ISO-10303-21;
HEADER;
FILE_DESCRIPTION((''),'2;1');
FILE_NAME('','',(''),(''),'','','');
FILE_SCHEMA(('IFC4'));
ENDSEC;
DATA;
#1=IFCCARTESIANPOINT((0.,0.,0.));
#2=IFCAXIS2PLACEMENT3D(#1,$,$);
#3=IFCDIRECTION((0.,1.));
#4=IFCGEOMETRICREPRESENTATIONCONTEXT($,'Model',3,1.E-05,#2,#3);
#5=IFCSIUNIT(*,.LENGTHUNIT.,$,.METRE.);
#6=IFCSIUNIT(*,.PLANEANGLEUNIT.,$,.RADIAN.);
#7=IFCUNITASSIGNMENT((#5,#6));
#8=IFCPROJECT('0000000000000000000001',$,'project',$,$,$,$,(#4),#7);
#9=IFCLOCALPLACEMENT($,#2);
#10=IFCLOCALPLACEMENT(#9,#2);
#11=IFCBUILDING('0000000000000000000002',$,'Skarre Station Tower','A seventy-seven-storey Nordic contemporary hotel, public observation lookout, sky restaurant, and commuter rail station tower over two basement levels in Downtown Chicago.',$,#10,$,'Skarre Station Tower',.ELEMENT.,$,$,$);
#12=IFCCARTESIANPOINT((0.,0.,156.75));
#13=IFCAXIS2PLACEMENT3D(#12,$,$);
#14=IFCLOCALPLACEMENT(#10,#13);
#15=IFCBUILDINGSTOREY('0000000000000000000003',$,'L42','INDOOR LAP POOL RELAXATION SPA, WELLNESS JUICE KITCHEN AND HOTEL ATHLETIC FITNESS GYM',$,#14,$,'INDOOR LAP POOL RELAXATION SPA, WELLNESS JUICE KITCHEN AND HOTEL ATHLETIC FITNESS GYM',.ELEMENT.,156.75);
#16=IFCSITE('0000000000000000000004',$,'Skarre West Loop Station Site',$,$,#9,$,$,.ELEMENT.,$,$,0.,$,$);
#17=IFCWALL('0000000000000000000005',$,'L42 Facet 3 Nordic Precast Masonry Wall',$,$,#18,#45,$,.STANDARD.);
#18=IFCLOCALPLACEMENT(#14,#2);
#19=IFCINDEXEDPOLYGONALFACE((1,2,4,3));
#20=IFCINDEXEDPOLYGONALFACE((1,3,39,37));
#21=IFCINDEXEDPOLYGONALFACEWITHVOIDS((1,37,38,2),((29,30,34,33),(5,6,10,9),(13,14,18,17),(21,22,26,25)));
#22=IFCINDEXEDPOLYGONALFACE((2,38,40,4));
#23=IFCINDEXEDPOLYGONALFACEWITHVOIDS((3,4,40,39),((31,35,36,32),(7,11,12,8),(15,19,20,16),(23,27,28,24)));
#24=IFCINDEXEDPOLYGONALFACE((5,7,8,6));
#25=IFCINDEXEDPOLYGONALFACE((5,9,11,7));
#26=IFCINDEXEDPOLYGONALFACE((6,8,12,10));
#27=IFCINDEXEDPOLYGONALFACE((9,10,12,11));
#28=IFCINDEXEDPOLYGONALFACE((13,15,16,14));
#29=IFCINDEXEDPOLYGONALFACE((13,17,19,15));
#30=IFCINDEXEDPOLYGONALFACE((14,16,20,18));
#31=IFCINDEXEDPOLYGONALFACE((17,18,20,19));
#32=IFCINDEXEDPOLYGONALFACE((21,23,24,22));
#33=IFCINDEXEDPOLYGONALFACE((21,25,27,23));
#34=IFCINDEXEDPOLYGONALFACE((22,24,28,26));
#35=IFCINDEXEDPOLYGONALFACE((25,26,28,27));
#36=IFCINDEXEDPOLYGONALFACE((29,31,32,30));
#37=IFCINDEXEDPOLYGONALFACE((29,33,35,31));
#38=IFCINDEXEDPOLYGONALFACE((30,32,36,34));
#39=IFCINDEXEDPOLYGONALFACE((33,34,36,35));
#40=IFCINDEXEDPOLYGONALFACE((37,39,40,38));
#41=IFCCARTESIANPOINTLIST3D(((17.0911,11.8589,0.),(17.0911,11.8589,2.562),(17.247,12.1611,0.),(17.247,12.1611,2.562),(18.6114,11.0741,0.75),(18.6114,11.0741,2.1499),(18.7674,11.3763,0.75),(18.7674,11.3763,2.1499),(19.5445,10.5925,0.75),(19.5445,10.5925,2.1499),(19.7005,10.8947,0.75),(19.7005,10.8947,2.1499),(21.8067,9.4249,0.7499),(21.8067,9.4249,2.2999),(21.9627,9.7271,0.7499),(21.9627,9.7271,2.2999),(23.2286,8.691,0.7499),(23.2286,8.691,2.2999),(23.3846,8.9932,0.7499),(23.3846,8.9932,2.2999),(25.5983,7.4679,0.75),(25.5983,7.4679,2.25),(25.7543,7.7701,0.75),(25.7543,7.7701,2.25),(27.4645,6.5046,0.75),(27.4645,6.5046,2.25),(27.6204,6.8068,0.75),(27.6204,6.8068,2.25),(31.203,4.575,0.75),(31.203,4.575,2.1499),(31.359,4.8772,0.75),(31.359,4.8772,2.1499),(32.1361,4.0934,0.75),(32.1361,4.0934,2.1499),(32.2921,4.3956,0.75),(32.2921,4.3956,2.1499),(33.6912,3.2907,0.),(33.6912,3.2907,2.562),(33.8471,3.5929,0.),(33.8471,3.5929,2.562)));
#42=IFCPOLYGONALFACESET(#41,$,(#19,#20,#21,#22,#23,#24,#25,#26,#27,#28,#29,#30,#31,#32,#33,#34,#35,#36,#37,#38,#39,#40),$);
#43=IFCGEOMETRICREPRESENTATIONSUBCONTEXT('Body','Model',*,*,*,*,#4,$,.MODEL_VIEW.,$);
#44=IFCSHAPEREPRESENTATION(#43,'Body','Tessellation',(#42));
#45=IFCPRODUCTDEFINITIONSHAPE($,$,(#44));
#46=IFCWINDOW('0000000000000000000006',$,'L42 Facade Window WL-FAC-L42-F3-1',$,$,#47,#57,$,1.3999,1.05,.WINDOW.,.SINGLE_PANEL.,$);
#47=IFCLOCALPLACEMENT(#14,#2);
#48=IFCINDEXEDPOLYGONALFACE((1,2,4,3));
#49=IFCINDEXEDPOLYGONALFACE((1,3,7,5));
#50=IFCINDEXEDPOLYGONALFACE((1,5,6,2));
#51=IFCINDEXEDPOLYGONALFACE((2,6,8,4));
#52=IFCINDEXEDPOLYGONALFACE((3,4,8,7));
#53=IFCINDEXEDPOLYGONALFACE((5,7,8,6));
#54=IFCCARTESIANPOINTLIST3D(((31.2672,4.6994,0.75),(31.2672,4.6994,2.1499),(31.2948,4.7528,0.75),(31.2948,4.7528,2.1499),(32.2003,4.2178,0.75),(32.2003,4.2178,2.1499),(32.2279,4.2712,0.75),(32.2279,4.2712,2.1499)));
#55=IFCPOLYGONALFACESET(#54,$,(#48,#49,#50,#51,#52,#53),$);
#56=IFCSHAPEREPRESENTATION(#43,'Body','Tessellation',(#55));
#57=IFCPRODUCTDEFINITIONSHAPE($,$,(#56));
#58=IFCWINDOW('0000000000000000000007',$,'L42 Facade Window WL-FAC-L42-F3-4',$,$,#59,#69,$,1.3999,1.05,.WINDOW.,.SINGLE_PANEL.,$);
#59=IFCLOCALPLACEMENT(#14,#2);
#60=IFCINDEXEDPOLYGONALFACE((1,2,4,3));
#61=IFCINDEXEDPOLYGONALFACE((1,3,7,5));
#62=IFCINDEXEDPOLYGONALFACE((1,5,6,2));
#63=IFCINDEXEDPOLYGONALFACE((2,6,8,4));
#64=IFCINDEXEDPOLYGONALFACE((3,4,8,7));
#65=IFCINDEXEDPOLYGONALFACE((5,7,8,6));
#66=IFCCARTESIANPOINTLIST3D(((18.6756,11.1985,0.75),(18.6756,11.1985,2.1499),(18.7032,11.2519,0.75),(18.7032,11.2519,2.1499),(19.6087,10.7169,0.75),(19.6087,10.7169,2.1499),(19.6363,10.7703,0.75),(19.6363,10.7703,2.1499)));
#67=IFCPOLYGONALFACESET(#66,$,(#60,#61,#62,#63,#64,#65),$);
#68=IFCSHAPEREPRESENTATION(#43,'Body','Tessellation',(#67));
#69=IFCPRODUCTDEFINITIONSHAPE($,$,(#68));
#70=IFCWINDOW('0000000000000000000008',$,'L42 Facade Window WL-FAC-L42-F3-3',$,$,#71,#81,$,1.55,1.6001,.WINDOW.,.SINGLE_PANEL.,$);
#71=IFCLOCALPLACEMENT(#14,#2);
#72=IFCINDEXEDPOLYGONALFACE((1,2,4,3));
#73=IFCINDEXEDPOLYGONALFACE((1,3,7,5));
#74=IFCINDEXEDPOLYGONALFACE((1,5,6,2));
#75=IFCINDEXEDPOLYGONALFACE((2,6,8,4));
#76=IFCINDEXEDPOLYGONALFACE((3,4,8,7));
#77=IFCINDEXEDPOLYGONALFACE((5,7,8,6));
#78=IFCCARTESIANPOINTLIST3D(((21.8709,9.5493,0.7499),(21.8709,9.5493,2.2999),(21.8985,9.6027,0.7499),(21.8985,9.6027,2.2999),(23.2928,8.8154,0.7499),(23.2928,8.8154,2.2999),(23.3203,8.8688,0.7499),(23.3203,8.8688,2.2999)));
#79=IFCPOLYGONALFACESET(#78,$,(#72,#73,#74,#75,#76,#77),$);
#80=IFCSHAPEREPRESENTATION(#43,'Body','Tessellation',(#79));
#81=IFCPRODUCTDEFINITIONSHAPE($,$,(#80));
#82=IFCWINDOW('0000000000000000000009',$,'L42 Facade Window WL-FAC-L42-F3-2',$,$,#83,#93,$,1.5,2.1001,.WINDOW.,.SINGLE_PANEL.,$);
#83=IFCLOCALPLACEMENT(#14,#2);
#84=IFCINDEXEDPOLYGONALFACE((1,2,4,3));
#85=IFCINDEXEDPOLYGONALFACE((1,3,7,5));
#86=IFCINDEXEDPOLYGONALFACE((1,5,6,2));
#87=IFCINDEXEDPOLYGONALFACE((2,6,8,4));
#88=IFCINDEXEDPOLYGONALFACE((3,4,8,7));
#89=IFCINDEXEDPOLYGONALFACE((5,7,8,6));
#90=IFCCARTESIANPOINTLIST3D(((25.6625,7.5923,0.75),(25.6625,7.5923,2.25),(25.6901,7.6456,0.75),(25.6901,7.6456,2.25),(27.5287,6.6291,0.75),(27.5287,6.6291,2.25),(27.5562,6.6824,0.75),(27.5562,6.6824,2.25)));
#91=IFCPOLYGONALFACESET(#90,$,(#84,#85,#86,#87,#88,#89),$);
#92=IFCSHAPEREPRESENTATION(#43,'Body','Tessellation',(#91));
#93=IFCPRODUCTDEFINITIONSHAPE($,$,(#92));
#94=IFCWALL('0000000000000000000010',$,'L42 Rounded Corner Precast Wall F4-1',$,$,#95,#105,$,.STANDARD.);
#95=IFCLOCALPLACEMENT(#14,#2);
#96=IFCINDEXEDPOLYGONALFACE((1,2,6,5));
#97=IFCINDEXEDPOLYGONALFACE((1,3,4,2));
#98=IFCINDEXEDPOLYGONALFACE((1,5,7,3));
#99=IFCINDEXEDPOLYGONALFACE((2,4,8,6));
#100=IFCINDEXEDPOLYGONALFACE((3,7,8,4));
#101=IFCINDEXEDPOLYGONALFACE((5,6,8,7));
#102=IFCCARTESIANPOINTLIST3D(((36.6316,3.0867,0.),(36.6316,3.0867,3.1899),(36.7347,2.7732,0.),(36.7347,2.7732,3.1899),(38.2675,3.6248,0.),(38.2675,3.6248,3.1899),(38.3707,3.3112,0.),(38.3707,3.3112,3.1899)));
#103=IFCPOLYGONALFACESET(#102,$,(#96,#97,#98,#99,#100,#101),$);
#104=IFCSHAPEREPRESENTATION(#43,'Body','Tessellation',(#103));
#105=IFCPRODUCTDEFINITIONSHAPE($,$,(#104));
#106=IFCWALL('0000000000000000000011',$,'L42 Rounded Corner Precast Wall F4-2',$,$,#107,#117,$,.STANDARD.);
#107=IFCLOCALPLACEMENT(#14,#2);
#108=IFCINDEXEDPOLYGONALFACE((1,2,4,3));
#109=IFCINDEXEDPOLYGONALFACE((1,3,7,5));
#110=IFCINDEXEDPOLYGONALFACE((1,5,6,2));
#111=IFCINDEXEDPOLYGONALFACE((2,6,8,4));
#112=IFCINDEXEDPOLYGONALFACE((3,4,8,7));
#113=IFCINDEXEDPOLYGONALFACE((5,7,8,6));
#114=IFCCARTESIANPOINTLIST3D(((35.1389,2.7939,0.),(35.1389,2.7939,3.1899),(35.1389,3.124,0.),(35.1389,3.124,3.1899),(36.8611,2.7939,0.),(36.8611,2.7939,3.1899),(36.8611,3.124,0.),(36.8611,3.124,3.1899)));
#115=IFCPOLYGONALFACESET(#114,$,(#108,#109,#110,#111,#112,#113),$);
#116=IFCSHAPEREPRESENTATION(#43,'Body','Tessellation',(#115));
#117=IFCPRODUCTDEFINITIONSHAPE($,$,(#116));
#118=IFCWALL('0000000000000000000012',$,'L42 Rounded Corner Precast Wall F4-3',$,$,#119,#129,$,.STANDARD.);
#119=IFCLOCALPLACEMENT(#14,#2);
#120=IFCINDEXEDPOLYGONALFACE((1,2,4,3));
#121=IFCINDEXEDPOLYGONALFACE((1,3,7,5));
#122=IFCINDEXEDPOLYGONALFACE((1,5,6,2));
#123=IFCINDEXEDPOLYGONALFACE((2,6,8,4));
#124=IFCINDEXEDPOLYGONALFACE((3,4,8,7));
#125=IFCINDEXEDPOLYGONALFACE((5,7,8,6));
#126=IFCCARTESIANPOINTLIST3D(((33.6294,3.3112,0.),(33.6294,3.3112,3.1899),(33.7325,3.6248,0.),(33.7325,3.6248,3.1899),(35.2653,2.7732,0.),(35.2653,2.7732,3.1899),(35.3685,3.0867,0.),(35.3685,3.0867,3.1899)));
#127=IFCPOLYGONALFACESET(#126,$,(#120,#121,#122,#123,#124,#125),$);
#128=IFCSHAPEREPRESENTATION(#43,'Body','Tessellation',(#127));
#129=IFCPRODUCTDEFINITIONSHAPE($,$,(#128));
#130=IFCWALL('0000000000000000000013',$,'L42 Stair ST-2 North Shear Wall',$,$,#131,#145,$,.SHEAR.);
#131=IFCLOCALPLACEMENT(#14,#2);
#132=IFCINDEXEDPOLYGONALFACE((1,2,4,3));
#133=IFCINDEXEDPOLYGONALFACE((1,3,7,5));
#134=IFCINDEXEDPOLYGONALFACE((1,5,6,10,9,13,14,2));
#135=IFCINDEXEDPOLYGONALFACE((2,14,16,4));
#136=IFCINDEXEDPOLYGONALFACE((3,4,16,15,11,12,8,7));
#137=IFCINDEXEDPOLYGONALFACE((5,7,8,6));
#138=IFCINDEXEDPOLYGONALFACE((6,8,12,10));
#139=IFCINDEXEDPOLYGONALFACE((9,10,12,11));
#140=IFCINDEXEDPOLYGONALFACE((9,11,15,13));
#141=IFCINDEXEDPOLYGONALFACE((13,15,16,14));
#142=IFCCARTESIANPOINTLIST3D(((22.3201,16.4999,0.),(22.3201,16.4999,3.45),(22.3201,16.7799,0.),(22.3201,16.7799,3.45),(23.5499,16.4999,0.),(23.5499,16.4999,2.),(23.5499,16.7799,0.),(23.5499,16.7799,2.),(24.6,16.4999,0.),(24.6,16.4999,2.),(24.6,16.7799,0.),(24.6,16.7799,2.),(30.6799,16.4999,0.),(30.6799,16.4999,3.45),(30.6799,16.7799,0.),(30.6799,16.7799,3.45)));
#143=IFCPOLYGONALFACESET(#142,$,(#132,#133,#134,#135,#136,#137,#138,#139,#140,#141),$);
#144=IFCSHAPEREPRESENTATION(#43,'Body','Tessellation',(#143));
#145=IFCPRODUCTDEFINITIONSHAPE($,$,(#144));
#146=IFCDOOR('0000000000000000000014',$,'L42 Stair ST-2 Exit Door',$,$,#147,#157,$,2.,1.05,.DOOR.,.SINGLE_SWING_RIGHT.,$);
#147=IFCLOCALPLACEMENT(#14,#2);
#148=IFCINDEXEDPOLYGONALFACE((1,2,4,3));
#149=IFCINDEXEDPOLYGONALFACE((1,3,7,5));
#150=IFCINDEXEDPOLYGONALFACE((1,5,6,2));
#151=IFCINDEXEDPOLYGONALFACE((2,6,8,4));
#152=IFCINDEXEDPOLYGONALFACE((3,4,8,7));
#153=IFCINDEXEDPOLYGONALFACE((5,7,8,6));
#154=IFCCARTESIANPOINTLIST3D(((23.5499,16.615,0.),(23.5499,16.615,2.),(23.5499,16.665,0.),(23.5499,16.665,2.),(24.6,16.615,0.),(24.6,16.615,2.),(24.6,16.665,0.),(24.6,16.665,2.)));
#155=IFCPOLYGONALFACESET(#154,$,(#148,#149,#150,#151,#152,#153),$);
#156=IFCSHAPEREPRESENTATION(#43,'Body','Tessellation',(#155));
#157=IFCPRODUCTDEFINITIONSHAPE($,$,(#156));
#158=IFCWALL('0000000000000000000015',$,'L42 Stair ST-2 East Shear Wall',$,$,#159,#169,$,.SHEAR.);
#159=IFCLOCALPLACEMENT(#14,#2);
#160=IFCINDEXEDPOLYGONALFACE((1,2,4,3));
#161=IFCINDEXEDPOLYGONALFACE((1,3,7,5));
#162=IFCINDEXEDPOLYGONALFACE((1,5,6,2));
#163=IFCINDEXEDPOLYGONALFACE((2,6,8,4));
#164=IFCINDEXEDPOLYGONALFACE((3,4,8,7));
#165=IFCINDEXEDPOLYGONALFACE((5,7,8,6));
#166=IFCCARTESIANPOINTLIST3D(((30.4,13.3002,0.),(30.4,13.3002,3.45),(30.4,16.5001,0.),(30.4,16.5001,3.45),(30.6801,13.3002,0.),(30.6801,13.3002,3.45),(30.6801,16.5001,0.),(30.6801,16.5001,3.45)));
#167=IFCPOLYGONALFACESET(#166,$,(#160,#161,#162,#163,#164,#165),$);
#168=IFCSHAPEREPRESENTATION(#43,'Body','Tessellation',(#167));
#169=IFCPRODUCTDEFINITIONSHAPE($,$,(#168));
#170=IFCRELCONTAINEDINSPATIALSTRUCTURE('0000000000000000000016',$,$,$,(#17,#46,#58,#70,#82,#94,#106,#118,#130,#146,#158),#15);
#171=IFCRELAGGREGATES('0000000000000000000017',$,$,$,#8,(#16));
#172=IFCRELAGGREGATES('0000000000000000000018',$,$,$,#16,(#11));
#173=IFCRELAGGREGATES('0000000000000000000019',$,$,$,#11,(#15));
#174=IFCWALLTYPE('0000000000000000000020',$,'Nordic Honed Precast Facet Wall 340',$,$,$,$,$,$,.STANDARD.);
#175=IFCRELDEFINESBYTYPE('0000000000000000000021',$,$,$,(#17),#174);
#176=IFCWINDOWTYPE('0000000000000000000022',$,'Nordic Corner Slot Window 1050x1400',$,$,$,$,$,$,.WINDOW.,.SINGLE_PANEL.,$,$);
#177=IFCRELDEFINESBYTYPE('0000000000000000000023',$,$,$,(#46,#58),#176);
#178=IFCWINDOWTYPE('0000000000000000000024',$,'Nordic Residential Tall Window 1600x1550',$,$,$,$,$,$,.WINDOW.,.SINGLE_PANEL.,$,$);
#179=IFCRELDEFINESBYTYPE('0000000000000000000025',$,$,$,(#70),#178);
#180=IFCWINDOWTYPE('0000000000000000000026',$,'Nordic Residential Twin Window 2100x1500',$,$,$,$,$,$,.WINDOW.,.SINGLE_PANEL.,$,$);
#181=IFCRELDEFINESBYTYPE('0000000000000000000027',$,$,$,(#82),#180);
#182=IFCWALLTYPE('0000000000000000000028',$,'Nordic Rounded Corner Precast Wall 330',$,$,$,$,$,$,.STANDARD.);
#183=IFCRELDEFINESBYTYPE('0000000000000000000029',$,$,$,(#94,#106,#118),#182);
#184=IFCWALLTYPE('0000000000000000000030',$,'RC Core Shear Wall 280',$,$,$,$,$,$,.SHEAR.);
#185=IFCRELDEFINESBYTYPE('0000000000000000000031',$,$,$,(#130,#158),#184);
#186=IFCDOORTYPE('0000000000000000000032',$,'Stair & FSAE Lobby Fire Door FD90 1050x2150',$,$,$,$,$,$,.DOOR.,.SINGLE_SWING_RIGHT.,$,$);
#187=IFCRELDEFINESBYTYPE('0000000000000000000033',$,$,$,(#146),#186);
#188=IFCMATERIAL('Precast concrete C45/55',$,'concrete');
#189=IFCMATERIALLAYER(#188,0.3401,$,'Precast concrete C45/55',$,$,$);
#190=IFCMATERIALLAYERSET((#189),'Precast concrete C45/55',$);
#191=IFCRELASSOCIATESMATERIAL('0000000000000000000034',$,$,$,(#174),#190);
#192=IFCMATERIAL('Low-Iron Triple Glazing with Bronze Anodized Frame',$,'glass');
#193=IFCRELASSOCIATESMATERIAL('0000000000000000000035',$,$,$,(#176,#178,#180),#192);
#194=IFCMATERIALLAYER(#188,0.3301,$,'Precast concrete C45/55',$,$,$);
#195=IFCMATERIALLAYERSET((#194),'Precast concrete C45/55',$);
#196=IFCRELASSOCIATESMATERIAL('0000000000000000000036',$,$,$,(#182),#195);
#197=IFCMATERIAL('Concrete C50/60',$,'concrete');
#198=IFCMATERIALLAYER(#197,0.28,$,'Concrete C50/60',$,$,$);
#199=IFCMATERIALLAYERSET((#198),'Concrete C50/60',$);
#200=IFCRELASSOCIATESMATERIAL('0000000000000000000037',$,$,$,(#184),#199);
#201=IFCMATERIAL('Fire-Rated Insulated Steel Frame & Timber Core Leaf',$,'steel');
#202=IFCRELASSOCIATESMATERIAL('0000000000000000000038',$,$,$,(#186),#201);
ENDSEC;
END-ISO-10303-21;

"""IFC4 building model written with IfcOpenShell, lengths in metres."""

from ifc_helpers import new_model, si_unit, direction, frame, frame_2d, origin, place, context, subcontext, project, spatial, rectangle, extrude, material, layer, layer_set, type_object, element, fill, save


model = new_model("IFC4")

# Units and contexts
model_context = context("Model", 3, precision=1e-05, world=origin(), true_north=direction((0.0, 1.0)))
body_context = subcontext(model_context, "Body", "Model", "MODEL_VIEW")
ifc_project = project(units=[si_unit("LENGTHUNIT", "METRE"), si_unit("PLANEANGLEUNIT", "RADIAN")], contexts=[model_context])

# Site, building, storey
site_placement = place(None, origin())
site = spatial("IfcSite", under=ifc_project, at=site_placement, Name="Skarre West Loop Station Site", CompositionType="ELEMENT", RefElevation=0.0)
building_placement = place(site_placement, origin())
building = spatial("IfcBuilding", under=site, at=building_placement, Name="Skarre Station Tower", Description="A seventy-seven-storey Nordic contemporary hotel, public observation lookout, sky restaurant, and commuter rail station tower over two basement levels in Downtown Chicago.", LongName="Skarre Station Tower", CompositionType="ELEMENT")
storey_placement = place(building_placement, frame((0.0, 0.0, 156.75)))
storey = spatial("IfcBuildingStorey", under=building, at=storey_placement, Name="L42", Description="INDOOR LAP POOL RELAXATION SPA, WELLNESS JUICE KITCHEN AND HOTEL ATHLETIC FITNESS GYM", LongName="INDOOR LAP POOL RELAXATION SPA, WELLNESS JUICE KITCHEN AND HOTEL ATHLETIC FITNESS GYM", CompositionType="ELEMENT", Elevation=156.75)

# Wall, openings, windows
ifc_material_1 = material(Name="Precast concrete C45/55", Category="concrete")
ifc_layer_1 = layer(ifc_material_1, 0.3401, Name="Precast concrete C45/55")
ifc_layer_set_1 = layer_set([ifc_layer_1], Name="Precast concrete C45/55")
wall_type_1 = type_object("IfcWallType", Name="Nordic Honed Precast Facet Wall 340", PredefinedType="STANDARD", material=ifc_layer_set_1)
wall_1_placement = place(storey_placement, frame((33.769, 3.4419, 0.0), z_axis=(0.0, 0.0, 1.0), x_axis=(-0.888614, 0.458657, 0.0)))
wall_1 = element("IfcWall", 1, at=wall_1_placement, inside=storey, type_object=wall_type_1, Name="L42 Facet 3 Nordic Precast Masonry Wall", PredefinedType="STANDARD", context=body_context, shape_type="SweptSolid", body=[
    extrude(rectangle(XDim=18.6809, YDim=0.3401, at=frame_2d((9.3403, 0.0))), origin(), (0.0, 0.0, 1.0), 2.562),
])
opening_1_placement = place(wall_1_placement, frame((1.75, 0.0, 0.75)))
opening_1 = element("IfcOpeningElement", 2, at=opening_1_placement, cuts=wall_1, PredefinedType="OPENING", context=body_context, shape_type="SweptSolid", body=[
    extrude(rectangle(XDim=1.05, YDim=1.3999, at=frame_2d((0.5249, 0.7))), frame((0.0, 0.1799, 0.0), z_axis=(0.0, -1.0, 0.0), x_axis=(1.0, 0.0, 0.0)), (0.0, 0.0, 1.0), 0.3601),
])
opening_2_placement = place(wall_1_placement, frame((7.0071, 0.0, 0.75)))
opening_2 = element("IfcOpeningElement", 3, at=opening_2_placement, cuts=wall_1, PredefinedType="OPENING", context=body_context, shape_type="SweptSolid", body=[
    extrude(rectangle(XDim=2.1001, YDim=1.5, at=frame_2d((1.05, 0.75))), frame((0.0, 0.1799, 0.0), z_axis=(0.0, -1.0, 0.0), x_axis=(1.0, 0.0, 0.0)), (0.0, 0.0, 1.0), 0.3601),
])
opening_3_placement = place(wall_1_placement, frame((11.7739, 0.0, 0.75)))
opening_3 = element("IfcOpeningElement", 4, at=opening_3_placement, cuts=wall_1, PredefinedType="OPENING", context=body_context, shape_type="SweptSolid", body=[
    extrude(rectangle(XDim=1.6001, YDim=1.55, at=frame_2d((0.8, 0.7749))), frame((0.0, 0.1799, 0.0), z_axis=(0.0, -1.0, 0.0), x_axis=(1.0, 0.0, 0.0)), (0.0, 0.0, 1.0), 0.3601),
])
opening_4_placement = place(wall_1_placement, frame((15.9199, 0.0, 0.75)))
opening_4 = element("IfcOpeningElement", 5, at=opening_4_placement, cuts=wall_1, PredefinedType="OPENING", context=body_context, shape_type="SweptSolid", body=[
    extrude(rectangle(XDim=1.05, YDim=1.3999, at=frame_2d((0.5249, 0.7))), frame((0.0, 0.1799, 0.0), z_axis=(0.0, -1.0, 0.0), x_axis=(1.0, 0.0, 0.0)), (0.0, 0.0, 1.0), 0.3601),
])
ifc_material_2 = material(Name="Low-Iron Triple Glazing with Bronze Anodized Frame", Category="glass")
window_type_1 = type_object("IfcWindowType", Name="Nordic Corner Slot Window 1050x1400", PartitioningType="SINGLE_PANEL", PredefinedType="WINDOW", material=ifc_material_2)
window_1_placement = place(opening_1_placement, origin())
window_1 = element("IfcWindow", 6, at=window_1_placement, inside=storey, type_object=window_type_1, Name="L42 Facade Window WL-FAC-L42-F3-1", OverallHeight=1.3999, OverallWidth=1.05, PartitioningType="SINGLE_PANEL", PredefinedType="WINDOW", context=body_context, shape_type="SweptSolid", body=[
    extrude(rectangle(XDim=1.05, YDim=1.3999, at=frame_2d((0.5249, 0.7))), frame((0.0, 0.03, 0.0), z_axis=(0.0, -1.0, 0.0), x_axis=(1.0, 0.0, 0.0)), (0.0, 0.0, 1.0), 0.0601),
])
fill(opening_1, window_1)
window_2_placement = place(opening_4_placement, origin())
window_2 = element("IfcWindow", 7, at=window_2_placement, inside=storey, type_object=window_type_1, Name="L42 Facade Window WL-FAC-L42-F3-4", OverallHeight=1.3999, OverallWidth=1.05, PartitioningType="SINGLE_PANEL", PredefinedType="WINDOW", context=body_context, shape_type="SweptSolid", body=[
    extrude(rectangle(XDim=1.05, YDim=1.3999, at=frame_2d((0.5249, 0.7))), frame((0.0, 0.03, 0.0), z_axis=(0.0, -1.0, 0.0), x_axis=(1.0, 0.0, 0.0)), (0.0, 0.0, 1.0), 0.0601),
])
fill(opening_4, window_2)
window_type_2 = type_object("IfcWindowType", Name="Nordic Residential Tall Window 1600x1550", PartitioningType="SINGLE_PANEL", PredefinedType="WINDOW", material=ifc_material_2)
window_3_placement = place(opening_3_placement, origin())
window_3 = element("IfcWindow", 8, at=window_3_placement, inside=storey, type_object=window_type_2, Name="L42 Facade Window WL-FAC-L42-F3-3", OverallHeight=1.55, OverallWidth=1.6001, PartitioningType="SINGLE_PANEL", PredefinedType="WINDOW", context=body_context, shape_type="SweptSolid", body=[
    extrude(rectangle(XDim=1.6001, YDim=1.55, at=frame_2d((0.8, 0.7749))), frame((0.0, 0.03, 0.0), z_axis=(0.0, -1.0, 0.0), x_axis=(1.0, 0.0, 0.0)), (0.0, 0.0, 1.0), 0.0601),
])
fill(opening_3, window_3)
window_type_3 = type_object("IfcWindowType", Name="Nordic Residential Twin Window 2100x1500", PartitioningType="SINGLE_PANEL", PredefinedType="WINDOW", material=ifc_material_2)
window_4_placement = place(opening_2_placement, origin())
window_4 = element("IfcWindow", 9, at=window_4_placement, inside=storey, type_object=window_type_3, Name="L42 Facade Window WL-FAC-L42-F3-2", OverallHeight=1.5, OverallWidth=2.1001, PartitioningType="SINGLE_PANEL", PredefinedType="WINDOW", context=body_context, shape_type="SweptSolid", body=[
    extrude(rectangle(XDim=2.1001, YDim=1.5, at=frame_2d((1.05, 0.75))), frame((0.0, 0.03, 0.0), z_axis=(0.0, -1.0, 0.0), x_axis=(1.0, 0.0, 0.0)), (0.0, 0.0, 1.0), 0.0601),
])
fill(opening_2, window_4)

# Walls
ifc_layer_2 = layer(ifc_material_1, 0.3301, Name="Precast concrete C45/55")
ifc_layer_set_2 = layer_set([ifc_layer_2], Name="Precast concrete C45/55")
wall_type_2 = type_object("IfcWallType", Name="Nordic Rounded Corner Precast Wall 330", PredefinedType="STANDARD", material=ifc_layer_set_2)
for number, where, z_axis, x_axis, name in (
    (10, (38.3191, 3.468, 0.0), (0.0, 0.0, 1.0), (-0.949937, -0.31244, 0.0), "L42 Rounded Corner Precast Wall F4-1"),
    (11, (36.8611, 2.959, 0.0), (0.0, 0.0, 1.0), (-1.0, 0.0, 0.0), "L42 Rounded Corner Precast Wall F4-2"),
    (12, (35.3169, 2.9299, 0.0), (0.0, 0.0, 1.0), (-0.949937, 0.31244, 0.0), "L42 Rounded Corner Precast Wall F4-3"),
):
    element("IfcWall", number, at=place(storey_placement, frame(where, z_axis=z_axis, x_axis=x_axis)), inside=storey, type_object=wall_type_2, Name=name, PredefinedType="STANDARD", context=body_context, shape_type="SweptSolid", body=[
        extrude(rectangle(XDim=1.7222, YDim=0.3301, at=frame_2d((0.8611, 0.0))), origin(), (0.0, 0.0, 1.0), 3.1899),
    ])

# Wall, opening, door
ifc_material_3 = material(Name="Concrete C50/60", Category="concrete")
ifc_layer_3 = layer(ifc_material_3, 0.28, Name="Concrete C50/60")
ifc_layer_set_3 = layer_set([ifc_layer_3], Name="Concrete C50/60")
wall_type_3 = type_object("IfcWallType", Name="RC Core Shear Wall 280", PredefinedType="SHEAR", material=ifc_layer_set_3)
wall_2_placement = place(storey_placement, frame((30.6799, 16.6399, 0.0), z_axis=(0.0, 0.0, 1.0), x_axis=(-1.0, 0.0, 0.0)))
wall_2 = element("IfcWall", 13, at=wall_2_placement, inside=storey, type_object=wall_type_3, Name="L42 Stair ST-2 North Shear Wall", PredefinedType="SHEAR", context=body_context, shape_type="SweptSolid", body=[
    extrude(rectangle(XDim=8.3599, YDim=0.28, at=frame_2d((4.1799, 0.0))), origin(), (0.0, 0.0, 1.0), 3.45),
])
opening_5_placement = place(wall_2_placement, frame((6.0801, 0.0, 0.0)))
opening_5 = element("IfcOpeningElement", 14, at=opening_5_placement, cuts=wall_2, PredefinedType="OPENING", context=body_context, shape_type="SweptSolid", body=[
    extrude(rectangle(XDim=1.05, YDim=2.0, at=frame_2d((0.5249, 1.0))), frame((0.0, 0.1499, 0.0), z_axis=(0.0, -1.0, 0.0), x_axis=(1.0, 0.0, 0.0)), (0.0, 0.0, 1.0), 0.3),
])
ifc_material_4 = material(Name="Fire-Rated Insulated Steel Frame & Timber Core Leaf", Category="steel")
door_type_1 = type_object("IfcDoorType", Name="Stair & FSAE Lobby Fire Door FD90 1050x2150", OperationType="SINGLE_SWING_RIGHT", PredefinedType="DOOR", material=ifc_material_4)
door_1_placement = place(opening_5_placement, origin())
door_1 = element("IfcDoor", 15, at=door_1_placement, inside=storey, type_object=door_type_1, Name="L42 Stair ST-2 Exit Door", OperationType="SINGLE_SWING_RIGHT", OverallHeight=2.0, OverallWidth=1.05, PredefinedType="DOOR", context=body_context, shape_type="SweptSolid", body=[
    extrude(rectangle(XDim=1.05, YDim=2.0, at=frame_2d((0.5249, 1.0))), frame((0.0, 0.0249, 0.0), z_axis=(0.0, -1.0, 0.0), x_axis=(1.0, 0.0, 0.0)), (0.0, 0.0, 1.0), 0.05),
])
fill(opening_5, door_1)

# Wall
wall_3_placement = place(storey_placement, frame((30.54, 13.3, 0.0), z_axis=(0.0, 0.0, 1.0), x_axis=(0.0, 1.0, 0.0)))
element("IfcWall", 16, at=wall_3_placement, inside=storey, type_object=wall_type_3, Name="L42 Stair ST-2 East Shear Wall", PredefinedType="SHEAR", context=body_context, shape_type="SweptSolid", body=[
    extrude(rectangle(XDim=3.2, YDim=0.28, at=frame_2d((1.6001, 0.0))), origin(), (0.0, 0.0, 1.0), 3.45),
])

save(model, "model.ifc")
